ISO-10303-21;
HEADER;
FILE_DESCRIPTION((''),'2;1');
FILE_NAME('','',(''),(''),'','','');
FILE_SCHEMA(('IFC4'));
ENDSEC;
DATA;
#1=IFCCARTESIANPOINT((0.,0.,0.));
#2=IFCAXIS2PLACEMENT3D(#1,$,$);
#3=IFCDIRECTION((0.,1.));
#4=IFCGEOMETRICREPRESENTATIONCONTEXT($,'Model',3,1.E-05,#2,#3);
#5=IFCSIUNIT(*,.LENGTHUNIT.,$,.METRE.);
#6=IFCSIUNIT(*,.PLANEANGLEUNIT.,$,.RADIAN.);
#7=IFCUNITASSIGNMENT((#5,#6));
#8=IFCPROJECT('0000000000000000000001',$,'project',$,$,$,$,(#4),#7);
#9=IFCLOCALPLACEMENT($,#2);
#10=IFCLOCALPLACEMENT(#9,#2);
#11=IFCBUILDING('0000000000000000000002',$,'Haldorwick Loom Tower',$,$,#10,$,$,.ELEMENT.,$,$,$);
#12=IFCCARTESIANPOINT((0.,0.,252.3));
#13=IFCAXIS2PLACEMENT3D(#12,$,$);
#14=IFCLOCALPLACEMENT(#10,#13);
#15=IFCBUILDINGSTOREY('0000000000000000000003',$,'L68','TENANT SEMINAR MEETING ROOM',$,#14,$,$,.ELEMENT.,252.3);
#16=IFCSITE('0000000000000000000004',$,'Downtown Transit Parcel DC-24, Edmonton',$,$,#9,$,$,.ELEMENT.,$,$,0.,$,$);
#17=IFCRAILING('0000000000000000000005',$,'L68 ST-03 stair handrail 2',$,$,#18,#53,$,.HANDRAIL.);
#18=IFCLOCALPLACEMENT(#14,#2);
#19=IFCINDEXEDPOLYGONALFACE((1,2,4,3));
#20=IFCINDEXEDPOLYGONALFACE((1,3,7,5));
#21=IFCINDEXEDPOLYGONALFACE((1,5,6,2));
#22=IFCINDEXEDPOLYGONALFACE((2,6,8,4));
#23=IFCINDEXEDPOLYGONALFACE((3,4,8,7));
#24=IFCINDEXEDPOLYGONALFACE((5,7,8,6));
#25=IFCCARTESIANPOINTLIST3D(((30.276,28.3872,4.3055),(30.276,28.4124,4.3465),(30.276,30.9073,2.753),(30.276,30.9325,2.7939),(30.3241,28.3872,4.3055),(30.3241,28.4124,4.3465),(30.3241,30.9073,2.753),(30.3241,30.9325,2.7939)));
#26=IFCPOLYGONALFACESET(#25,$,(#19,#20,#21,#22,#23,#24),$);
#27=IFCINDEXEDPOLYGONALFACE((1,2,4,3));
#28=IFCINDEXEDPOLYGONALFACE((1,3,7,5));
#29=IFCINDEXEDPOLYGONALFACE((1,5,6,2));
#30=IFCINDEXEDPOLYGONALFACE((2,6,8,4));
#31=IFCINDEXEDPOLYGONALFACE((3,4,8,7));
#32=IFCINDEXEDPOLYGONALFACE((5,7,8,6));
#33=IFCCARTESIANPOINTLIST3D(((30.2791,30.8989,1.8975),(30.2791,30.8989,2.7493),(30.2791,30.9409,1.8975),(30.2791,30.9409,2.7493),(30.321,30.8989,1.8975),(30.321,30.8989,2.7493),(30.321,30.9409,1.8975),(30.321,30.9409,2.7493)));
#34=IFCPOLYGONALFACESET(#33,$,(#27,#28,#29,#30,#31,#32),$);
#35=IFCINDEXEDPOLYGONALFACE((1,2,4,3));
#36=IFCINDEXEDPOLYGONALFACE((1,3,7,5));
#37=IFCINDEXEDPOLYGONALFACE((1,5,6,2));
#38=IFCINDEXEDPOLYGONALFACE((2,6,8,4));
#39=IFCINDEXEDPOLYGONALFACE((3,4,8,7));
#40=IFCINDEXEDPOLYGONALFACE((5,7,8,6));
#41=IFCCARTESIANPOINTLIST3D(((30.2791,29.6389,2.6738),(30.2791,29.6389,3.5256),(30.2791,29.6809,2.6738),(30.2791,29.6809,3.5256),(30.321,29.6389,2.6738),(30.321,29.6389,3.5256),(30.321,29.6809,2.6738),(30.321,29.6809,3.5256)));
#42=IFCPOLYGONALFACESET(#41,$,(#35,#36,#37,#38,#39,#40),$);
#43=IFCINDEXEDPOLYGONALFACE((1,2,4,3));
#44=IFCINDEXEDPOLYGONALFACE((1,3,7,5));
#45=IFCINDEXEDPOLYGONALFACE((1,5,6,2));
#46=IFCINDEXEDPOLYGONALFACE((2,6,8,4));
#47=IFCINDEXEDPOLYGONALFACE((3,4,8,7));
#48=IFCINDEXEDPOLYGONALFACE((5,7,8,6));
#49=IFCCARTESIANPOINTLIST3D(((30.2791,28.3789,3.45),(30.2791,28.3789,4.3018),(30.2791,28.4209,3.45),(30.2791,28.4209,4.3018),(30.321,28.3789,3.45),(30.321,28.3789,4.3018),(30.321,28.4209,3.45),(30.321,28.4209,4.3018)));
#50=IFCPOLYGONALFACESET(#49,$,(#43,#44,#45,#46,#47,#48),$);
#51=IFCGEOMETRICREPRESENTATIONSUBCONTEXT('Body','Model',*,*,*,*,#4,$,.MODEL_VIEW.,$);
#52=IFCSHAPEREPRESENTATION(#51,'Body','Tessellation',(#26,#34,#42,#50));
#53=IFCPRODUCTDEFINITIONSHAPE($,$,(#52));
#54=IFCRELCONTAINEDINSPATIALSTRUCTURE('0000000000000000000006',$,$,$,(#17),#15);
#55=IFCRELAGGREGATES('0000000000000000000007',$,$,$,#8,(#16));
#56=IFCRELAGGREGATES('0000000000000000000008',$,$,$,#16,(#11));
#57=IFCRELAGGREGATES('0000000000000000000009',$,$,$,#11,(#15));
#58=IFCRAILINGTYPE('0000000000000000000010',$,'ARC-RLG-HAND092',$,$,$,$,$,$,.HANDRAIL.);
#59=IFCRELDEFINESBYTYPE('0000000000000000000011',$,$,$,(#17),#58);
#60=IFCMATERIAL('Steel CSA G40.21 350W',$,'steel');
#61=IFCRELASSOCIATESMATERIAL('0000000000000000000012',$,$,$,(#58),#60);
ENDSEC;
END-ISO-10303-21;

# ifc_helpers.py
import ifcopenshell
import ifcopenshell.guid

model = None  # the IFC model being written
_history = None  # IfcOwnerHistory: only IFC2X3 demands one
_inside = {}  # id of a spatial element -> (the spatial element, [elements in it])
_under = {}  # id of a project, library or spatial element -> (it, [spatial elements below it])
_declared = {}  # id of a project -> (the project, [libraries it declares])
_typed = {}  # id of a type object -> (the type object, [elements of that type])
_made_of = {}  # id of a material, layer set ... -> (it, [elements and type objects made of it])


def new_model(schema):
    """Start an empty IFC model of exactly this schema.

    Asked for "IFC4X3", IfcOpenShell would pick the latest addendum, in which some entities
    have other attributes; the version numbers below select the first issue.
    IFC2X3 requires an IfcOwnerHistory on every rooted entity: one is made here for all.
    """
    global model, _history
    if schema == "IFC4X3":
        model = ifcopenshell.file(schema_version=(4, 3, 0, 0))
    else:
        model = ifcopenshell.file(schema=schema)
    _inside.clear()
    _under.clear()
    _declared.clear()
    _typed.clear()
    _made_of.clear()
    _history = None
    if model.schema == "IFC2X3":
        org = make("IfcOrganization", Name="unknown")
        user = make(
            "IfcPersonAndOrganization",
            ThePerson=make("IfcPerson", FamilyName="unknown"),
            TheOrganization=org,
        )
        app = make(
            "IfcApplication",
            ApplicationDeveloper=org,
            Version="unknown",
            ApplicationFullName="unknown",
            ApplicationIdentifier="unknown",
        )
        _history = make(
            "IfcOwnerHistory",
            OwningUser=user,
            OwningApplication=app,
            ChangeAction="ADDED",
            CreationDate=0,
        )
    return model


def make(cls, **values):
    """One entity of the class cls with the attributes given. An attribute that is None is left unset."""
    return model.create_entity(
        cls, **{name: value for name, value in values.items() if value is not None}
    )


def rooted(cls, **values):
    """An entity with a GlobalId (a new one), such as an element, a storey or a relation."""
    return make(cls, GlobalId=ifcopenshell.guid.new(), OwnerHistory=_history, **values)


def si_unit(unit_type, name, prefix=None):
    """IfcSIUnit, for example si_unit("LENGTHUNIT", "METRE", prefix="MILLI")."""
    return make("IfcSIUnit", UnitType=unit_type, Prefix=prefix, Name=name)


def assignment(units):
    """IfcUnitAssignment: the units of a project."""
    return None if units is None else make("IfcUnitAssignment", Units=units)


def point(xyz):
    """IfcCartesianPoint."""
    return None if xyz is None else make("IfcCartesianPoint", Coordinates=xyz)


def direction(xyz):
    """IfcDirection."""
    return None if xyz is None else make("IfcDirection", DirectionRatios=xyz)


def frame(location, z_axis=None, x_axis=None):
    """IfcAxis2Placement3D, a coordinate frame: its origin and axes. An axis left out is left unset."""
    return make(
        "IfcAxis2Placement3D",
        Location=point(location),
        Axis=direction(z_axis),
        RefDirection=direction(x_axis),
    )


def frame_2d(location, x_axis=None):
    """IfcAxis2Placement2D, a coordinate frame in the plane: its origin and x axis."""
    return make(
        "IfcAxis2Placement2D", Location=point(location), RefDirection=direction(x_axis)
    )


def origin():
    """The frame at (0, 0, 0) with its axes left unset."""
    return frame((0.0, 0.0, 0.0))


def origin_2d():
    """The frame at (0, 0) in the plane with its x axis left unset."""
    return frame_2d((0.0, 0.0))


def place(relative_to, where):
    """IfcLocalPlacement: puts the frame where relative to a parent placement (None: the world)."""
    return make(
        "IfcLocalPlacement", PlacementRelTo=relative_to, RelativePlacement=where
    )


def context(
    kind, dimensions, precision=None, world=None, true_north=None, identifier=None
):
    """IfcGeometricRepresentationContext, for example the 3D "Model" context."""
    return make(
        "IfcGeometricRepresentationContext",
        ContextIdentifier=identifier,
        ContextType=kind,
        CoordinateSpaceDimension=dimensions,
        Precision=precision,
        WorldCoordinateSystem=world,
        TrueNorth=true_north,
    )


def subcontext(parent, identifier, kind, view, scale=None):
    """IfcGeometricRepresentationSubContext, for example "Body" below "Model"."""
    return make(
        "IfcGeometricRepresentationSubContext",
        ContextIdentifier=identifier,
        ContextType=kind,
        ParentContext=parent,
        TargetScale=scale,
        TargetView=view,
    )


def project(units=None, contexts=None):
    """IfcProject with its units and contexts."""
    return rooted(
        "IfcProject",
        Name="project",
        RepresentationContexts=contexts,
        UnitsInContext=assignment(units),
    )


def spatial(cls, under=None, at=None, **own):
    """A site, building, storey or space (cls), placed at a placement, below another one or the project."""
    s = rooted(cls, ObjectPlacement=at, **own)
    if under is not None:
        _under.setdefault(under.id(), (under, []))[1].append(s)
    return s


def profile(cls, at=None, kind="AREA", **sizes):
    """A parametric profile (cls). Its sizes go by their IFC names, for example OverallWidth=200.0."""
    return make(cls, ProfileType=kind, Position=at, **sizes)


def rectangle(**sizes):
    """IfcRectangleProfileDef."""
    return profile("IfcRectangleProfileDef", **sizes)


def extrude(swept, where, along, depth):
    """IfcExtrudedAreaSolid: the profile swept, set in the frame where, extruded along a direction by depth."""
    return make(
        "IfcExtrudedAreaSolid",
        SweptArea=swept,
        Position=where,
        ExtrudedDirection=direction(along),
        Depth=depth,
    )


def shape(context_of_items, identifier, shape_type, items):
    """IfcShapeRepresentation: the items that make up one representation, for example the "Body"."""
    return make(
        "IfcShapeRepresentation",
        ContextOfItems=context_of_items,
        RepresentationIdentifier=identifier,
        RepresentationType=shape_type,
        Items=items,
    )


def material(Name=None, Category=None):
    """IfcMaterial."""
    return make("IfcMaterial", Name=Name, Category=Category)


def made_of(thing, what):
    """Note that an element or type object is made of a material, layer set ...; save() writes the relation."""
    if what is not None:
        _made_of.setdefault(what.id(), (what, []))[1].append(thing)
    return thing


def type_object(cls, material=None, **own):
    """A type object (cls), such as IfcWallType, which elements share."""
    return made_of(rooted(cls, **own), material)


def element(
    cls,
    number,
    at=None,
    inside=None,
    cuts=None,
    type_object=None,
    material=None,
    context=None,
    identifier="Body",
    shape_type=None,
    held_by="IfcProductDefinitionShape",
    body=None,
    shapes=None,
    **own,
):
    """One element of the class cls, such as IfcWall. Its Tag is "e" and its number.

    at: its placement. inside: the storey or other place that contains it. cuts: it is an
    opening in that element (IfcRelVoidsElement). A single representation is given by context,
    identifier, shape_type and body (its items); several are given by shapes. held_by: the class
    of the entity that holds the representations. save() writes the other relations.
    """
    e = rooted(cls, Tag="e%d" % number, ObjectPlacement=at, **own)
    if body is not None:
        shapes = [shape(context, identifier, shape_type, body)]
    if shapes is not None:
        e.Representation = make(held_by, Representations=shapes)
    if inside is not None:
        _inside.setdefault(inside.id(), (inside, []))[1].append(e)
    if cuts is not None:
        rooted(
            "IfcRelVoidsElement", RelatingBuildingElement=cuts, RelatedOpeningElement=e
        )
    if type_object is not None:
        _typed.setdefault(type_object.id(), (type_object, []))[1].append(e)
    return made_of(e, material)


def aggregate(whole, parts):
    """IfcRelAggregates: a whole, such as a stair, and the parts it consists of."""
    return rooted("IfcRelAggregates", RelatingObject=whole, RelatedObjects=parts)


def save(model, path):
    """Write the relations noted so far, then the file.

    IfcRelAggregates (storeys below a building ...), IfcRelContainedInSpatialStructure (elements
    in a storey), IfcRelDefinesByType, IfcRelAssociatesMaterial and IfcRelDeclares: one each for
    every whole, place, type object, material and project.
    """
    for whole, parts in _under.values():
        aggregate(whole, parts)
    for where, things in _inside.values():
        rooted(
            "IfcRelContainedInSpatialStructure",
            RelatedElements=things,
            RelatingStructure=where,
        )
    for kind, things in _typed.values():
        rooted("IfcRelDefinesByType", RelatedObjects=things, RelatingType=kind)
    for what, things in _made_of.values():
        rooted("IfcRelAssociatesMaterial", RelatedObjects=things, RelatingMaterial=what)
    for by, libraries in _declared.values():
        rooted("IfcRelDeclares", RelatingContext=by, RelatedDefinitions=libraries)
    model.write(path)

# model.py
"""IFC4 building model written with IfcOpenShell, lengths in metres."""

from ifc_helpers import new_model, si_unit, direction, frame, origin, origin_2d, place, context, subcontext, project, spatial, rectangle, extrude, material, type_object, element, save


model = new_model("IFC4")

# Units and contexts
model_context = context("Model", 3, precision=1e-05, world=origin(), true_north=direction((0.0, 1.0)))
body_context = subcontext(model_context, "Body", "Model", "MODEL_VIEW")
ifc_project = project(units=[si_unit("LENGTHUNIT", "METRE"), si_unit("PLANEANGLEUNIT", "RADIAN")], contexts=[model_context])

# Site, building, storey
site_placement = place(None, origin())
site = spatial("IfcSite", under=ifc_project, at=site_placement, Name="Downtown Transit Parcel DC-24, Edmonton", CompositionType="ELEMENT", RefElevation=0.0)
building_placement = place(site_placement, origin())
building = spatial("IfcBuilding", under=site, at=building_placement, Name="Haldorwick Loom Tower", CompositionType="ELEMENT")
storey_placement = place(building_placement, frame((0.0, 0.0, 252.3)))
storey = spatial("IfcBuildingStorey", under=building, at=storey_placement, Name="L68", Description="TENANT SEMINAR MEETING ROOM", CompositionType="ELEMENT", Elevation=252.3)

# Shared definitions
ifc_material_1 = material(Name="Steel CSA G40.21 350W", Category="steel")

# Railing
railing_type_1 = type_object("IfcRailingType", Name="ARC-RLG-HAND092", PredefinedType="HANDRAIL", material=ifc_material_1)
railing_1_placement = place(storey_placement, frame((30.3, 30.9199, 1.8975)))
element("IfcRailing", 1, at=railing_1_placement, inside=storey, type_object=railing_type_1, Name="L68 ST-03 stair handrail 2", PredefinedType="HANDRAIL", context=body_context, shape_type="SweptSolid", body=[
    extrude(rectangle(XDim=0.0481, YDim=0.0481, at=origin_2d()), frame((0.0, 0.0, 0.876), z_axis=(0.0, -0.8514, 0.524516), x_axis=(1.0, 0.0, 0.0)), (0.0, 0.0, 1.0), 2.96),
    extrude(rectangle(XDim=0.042, YDim=0.042, at=origin_2d()), origin(), (0.0, 0.0, 1.0), 0.8518),
    extrude(rectangle(XDim=0.042, YDim=0.042, at=origin_2d()), frame((0.0, -1.26, 0.7764)), (0.0, 0.0, 1.0), 0.8518),
    extrude(rectangle(XDim=0.042, YDim=0.042, at=origin_2d()), frame((0.0, -2.52, 1.5525)), (0.0, 0.0, 1.0), 0.8518),
])

save(model, "model.ifc")
